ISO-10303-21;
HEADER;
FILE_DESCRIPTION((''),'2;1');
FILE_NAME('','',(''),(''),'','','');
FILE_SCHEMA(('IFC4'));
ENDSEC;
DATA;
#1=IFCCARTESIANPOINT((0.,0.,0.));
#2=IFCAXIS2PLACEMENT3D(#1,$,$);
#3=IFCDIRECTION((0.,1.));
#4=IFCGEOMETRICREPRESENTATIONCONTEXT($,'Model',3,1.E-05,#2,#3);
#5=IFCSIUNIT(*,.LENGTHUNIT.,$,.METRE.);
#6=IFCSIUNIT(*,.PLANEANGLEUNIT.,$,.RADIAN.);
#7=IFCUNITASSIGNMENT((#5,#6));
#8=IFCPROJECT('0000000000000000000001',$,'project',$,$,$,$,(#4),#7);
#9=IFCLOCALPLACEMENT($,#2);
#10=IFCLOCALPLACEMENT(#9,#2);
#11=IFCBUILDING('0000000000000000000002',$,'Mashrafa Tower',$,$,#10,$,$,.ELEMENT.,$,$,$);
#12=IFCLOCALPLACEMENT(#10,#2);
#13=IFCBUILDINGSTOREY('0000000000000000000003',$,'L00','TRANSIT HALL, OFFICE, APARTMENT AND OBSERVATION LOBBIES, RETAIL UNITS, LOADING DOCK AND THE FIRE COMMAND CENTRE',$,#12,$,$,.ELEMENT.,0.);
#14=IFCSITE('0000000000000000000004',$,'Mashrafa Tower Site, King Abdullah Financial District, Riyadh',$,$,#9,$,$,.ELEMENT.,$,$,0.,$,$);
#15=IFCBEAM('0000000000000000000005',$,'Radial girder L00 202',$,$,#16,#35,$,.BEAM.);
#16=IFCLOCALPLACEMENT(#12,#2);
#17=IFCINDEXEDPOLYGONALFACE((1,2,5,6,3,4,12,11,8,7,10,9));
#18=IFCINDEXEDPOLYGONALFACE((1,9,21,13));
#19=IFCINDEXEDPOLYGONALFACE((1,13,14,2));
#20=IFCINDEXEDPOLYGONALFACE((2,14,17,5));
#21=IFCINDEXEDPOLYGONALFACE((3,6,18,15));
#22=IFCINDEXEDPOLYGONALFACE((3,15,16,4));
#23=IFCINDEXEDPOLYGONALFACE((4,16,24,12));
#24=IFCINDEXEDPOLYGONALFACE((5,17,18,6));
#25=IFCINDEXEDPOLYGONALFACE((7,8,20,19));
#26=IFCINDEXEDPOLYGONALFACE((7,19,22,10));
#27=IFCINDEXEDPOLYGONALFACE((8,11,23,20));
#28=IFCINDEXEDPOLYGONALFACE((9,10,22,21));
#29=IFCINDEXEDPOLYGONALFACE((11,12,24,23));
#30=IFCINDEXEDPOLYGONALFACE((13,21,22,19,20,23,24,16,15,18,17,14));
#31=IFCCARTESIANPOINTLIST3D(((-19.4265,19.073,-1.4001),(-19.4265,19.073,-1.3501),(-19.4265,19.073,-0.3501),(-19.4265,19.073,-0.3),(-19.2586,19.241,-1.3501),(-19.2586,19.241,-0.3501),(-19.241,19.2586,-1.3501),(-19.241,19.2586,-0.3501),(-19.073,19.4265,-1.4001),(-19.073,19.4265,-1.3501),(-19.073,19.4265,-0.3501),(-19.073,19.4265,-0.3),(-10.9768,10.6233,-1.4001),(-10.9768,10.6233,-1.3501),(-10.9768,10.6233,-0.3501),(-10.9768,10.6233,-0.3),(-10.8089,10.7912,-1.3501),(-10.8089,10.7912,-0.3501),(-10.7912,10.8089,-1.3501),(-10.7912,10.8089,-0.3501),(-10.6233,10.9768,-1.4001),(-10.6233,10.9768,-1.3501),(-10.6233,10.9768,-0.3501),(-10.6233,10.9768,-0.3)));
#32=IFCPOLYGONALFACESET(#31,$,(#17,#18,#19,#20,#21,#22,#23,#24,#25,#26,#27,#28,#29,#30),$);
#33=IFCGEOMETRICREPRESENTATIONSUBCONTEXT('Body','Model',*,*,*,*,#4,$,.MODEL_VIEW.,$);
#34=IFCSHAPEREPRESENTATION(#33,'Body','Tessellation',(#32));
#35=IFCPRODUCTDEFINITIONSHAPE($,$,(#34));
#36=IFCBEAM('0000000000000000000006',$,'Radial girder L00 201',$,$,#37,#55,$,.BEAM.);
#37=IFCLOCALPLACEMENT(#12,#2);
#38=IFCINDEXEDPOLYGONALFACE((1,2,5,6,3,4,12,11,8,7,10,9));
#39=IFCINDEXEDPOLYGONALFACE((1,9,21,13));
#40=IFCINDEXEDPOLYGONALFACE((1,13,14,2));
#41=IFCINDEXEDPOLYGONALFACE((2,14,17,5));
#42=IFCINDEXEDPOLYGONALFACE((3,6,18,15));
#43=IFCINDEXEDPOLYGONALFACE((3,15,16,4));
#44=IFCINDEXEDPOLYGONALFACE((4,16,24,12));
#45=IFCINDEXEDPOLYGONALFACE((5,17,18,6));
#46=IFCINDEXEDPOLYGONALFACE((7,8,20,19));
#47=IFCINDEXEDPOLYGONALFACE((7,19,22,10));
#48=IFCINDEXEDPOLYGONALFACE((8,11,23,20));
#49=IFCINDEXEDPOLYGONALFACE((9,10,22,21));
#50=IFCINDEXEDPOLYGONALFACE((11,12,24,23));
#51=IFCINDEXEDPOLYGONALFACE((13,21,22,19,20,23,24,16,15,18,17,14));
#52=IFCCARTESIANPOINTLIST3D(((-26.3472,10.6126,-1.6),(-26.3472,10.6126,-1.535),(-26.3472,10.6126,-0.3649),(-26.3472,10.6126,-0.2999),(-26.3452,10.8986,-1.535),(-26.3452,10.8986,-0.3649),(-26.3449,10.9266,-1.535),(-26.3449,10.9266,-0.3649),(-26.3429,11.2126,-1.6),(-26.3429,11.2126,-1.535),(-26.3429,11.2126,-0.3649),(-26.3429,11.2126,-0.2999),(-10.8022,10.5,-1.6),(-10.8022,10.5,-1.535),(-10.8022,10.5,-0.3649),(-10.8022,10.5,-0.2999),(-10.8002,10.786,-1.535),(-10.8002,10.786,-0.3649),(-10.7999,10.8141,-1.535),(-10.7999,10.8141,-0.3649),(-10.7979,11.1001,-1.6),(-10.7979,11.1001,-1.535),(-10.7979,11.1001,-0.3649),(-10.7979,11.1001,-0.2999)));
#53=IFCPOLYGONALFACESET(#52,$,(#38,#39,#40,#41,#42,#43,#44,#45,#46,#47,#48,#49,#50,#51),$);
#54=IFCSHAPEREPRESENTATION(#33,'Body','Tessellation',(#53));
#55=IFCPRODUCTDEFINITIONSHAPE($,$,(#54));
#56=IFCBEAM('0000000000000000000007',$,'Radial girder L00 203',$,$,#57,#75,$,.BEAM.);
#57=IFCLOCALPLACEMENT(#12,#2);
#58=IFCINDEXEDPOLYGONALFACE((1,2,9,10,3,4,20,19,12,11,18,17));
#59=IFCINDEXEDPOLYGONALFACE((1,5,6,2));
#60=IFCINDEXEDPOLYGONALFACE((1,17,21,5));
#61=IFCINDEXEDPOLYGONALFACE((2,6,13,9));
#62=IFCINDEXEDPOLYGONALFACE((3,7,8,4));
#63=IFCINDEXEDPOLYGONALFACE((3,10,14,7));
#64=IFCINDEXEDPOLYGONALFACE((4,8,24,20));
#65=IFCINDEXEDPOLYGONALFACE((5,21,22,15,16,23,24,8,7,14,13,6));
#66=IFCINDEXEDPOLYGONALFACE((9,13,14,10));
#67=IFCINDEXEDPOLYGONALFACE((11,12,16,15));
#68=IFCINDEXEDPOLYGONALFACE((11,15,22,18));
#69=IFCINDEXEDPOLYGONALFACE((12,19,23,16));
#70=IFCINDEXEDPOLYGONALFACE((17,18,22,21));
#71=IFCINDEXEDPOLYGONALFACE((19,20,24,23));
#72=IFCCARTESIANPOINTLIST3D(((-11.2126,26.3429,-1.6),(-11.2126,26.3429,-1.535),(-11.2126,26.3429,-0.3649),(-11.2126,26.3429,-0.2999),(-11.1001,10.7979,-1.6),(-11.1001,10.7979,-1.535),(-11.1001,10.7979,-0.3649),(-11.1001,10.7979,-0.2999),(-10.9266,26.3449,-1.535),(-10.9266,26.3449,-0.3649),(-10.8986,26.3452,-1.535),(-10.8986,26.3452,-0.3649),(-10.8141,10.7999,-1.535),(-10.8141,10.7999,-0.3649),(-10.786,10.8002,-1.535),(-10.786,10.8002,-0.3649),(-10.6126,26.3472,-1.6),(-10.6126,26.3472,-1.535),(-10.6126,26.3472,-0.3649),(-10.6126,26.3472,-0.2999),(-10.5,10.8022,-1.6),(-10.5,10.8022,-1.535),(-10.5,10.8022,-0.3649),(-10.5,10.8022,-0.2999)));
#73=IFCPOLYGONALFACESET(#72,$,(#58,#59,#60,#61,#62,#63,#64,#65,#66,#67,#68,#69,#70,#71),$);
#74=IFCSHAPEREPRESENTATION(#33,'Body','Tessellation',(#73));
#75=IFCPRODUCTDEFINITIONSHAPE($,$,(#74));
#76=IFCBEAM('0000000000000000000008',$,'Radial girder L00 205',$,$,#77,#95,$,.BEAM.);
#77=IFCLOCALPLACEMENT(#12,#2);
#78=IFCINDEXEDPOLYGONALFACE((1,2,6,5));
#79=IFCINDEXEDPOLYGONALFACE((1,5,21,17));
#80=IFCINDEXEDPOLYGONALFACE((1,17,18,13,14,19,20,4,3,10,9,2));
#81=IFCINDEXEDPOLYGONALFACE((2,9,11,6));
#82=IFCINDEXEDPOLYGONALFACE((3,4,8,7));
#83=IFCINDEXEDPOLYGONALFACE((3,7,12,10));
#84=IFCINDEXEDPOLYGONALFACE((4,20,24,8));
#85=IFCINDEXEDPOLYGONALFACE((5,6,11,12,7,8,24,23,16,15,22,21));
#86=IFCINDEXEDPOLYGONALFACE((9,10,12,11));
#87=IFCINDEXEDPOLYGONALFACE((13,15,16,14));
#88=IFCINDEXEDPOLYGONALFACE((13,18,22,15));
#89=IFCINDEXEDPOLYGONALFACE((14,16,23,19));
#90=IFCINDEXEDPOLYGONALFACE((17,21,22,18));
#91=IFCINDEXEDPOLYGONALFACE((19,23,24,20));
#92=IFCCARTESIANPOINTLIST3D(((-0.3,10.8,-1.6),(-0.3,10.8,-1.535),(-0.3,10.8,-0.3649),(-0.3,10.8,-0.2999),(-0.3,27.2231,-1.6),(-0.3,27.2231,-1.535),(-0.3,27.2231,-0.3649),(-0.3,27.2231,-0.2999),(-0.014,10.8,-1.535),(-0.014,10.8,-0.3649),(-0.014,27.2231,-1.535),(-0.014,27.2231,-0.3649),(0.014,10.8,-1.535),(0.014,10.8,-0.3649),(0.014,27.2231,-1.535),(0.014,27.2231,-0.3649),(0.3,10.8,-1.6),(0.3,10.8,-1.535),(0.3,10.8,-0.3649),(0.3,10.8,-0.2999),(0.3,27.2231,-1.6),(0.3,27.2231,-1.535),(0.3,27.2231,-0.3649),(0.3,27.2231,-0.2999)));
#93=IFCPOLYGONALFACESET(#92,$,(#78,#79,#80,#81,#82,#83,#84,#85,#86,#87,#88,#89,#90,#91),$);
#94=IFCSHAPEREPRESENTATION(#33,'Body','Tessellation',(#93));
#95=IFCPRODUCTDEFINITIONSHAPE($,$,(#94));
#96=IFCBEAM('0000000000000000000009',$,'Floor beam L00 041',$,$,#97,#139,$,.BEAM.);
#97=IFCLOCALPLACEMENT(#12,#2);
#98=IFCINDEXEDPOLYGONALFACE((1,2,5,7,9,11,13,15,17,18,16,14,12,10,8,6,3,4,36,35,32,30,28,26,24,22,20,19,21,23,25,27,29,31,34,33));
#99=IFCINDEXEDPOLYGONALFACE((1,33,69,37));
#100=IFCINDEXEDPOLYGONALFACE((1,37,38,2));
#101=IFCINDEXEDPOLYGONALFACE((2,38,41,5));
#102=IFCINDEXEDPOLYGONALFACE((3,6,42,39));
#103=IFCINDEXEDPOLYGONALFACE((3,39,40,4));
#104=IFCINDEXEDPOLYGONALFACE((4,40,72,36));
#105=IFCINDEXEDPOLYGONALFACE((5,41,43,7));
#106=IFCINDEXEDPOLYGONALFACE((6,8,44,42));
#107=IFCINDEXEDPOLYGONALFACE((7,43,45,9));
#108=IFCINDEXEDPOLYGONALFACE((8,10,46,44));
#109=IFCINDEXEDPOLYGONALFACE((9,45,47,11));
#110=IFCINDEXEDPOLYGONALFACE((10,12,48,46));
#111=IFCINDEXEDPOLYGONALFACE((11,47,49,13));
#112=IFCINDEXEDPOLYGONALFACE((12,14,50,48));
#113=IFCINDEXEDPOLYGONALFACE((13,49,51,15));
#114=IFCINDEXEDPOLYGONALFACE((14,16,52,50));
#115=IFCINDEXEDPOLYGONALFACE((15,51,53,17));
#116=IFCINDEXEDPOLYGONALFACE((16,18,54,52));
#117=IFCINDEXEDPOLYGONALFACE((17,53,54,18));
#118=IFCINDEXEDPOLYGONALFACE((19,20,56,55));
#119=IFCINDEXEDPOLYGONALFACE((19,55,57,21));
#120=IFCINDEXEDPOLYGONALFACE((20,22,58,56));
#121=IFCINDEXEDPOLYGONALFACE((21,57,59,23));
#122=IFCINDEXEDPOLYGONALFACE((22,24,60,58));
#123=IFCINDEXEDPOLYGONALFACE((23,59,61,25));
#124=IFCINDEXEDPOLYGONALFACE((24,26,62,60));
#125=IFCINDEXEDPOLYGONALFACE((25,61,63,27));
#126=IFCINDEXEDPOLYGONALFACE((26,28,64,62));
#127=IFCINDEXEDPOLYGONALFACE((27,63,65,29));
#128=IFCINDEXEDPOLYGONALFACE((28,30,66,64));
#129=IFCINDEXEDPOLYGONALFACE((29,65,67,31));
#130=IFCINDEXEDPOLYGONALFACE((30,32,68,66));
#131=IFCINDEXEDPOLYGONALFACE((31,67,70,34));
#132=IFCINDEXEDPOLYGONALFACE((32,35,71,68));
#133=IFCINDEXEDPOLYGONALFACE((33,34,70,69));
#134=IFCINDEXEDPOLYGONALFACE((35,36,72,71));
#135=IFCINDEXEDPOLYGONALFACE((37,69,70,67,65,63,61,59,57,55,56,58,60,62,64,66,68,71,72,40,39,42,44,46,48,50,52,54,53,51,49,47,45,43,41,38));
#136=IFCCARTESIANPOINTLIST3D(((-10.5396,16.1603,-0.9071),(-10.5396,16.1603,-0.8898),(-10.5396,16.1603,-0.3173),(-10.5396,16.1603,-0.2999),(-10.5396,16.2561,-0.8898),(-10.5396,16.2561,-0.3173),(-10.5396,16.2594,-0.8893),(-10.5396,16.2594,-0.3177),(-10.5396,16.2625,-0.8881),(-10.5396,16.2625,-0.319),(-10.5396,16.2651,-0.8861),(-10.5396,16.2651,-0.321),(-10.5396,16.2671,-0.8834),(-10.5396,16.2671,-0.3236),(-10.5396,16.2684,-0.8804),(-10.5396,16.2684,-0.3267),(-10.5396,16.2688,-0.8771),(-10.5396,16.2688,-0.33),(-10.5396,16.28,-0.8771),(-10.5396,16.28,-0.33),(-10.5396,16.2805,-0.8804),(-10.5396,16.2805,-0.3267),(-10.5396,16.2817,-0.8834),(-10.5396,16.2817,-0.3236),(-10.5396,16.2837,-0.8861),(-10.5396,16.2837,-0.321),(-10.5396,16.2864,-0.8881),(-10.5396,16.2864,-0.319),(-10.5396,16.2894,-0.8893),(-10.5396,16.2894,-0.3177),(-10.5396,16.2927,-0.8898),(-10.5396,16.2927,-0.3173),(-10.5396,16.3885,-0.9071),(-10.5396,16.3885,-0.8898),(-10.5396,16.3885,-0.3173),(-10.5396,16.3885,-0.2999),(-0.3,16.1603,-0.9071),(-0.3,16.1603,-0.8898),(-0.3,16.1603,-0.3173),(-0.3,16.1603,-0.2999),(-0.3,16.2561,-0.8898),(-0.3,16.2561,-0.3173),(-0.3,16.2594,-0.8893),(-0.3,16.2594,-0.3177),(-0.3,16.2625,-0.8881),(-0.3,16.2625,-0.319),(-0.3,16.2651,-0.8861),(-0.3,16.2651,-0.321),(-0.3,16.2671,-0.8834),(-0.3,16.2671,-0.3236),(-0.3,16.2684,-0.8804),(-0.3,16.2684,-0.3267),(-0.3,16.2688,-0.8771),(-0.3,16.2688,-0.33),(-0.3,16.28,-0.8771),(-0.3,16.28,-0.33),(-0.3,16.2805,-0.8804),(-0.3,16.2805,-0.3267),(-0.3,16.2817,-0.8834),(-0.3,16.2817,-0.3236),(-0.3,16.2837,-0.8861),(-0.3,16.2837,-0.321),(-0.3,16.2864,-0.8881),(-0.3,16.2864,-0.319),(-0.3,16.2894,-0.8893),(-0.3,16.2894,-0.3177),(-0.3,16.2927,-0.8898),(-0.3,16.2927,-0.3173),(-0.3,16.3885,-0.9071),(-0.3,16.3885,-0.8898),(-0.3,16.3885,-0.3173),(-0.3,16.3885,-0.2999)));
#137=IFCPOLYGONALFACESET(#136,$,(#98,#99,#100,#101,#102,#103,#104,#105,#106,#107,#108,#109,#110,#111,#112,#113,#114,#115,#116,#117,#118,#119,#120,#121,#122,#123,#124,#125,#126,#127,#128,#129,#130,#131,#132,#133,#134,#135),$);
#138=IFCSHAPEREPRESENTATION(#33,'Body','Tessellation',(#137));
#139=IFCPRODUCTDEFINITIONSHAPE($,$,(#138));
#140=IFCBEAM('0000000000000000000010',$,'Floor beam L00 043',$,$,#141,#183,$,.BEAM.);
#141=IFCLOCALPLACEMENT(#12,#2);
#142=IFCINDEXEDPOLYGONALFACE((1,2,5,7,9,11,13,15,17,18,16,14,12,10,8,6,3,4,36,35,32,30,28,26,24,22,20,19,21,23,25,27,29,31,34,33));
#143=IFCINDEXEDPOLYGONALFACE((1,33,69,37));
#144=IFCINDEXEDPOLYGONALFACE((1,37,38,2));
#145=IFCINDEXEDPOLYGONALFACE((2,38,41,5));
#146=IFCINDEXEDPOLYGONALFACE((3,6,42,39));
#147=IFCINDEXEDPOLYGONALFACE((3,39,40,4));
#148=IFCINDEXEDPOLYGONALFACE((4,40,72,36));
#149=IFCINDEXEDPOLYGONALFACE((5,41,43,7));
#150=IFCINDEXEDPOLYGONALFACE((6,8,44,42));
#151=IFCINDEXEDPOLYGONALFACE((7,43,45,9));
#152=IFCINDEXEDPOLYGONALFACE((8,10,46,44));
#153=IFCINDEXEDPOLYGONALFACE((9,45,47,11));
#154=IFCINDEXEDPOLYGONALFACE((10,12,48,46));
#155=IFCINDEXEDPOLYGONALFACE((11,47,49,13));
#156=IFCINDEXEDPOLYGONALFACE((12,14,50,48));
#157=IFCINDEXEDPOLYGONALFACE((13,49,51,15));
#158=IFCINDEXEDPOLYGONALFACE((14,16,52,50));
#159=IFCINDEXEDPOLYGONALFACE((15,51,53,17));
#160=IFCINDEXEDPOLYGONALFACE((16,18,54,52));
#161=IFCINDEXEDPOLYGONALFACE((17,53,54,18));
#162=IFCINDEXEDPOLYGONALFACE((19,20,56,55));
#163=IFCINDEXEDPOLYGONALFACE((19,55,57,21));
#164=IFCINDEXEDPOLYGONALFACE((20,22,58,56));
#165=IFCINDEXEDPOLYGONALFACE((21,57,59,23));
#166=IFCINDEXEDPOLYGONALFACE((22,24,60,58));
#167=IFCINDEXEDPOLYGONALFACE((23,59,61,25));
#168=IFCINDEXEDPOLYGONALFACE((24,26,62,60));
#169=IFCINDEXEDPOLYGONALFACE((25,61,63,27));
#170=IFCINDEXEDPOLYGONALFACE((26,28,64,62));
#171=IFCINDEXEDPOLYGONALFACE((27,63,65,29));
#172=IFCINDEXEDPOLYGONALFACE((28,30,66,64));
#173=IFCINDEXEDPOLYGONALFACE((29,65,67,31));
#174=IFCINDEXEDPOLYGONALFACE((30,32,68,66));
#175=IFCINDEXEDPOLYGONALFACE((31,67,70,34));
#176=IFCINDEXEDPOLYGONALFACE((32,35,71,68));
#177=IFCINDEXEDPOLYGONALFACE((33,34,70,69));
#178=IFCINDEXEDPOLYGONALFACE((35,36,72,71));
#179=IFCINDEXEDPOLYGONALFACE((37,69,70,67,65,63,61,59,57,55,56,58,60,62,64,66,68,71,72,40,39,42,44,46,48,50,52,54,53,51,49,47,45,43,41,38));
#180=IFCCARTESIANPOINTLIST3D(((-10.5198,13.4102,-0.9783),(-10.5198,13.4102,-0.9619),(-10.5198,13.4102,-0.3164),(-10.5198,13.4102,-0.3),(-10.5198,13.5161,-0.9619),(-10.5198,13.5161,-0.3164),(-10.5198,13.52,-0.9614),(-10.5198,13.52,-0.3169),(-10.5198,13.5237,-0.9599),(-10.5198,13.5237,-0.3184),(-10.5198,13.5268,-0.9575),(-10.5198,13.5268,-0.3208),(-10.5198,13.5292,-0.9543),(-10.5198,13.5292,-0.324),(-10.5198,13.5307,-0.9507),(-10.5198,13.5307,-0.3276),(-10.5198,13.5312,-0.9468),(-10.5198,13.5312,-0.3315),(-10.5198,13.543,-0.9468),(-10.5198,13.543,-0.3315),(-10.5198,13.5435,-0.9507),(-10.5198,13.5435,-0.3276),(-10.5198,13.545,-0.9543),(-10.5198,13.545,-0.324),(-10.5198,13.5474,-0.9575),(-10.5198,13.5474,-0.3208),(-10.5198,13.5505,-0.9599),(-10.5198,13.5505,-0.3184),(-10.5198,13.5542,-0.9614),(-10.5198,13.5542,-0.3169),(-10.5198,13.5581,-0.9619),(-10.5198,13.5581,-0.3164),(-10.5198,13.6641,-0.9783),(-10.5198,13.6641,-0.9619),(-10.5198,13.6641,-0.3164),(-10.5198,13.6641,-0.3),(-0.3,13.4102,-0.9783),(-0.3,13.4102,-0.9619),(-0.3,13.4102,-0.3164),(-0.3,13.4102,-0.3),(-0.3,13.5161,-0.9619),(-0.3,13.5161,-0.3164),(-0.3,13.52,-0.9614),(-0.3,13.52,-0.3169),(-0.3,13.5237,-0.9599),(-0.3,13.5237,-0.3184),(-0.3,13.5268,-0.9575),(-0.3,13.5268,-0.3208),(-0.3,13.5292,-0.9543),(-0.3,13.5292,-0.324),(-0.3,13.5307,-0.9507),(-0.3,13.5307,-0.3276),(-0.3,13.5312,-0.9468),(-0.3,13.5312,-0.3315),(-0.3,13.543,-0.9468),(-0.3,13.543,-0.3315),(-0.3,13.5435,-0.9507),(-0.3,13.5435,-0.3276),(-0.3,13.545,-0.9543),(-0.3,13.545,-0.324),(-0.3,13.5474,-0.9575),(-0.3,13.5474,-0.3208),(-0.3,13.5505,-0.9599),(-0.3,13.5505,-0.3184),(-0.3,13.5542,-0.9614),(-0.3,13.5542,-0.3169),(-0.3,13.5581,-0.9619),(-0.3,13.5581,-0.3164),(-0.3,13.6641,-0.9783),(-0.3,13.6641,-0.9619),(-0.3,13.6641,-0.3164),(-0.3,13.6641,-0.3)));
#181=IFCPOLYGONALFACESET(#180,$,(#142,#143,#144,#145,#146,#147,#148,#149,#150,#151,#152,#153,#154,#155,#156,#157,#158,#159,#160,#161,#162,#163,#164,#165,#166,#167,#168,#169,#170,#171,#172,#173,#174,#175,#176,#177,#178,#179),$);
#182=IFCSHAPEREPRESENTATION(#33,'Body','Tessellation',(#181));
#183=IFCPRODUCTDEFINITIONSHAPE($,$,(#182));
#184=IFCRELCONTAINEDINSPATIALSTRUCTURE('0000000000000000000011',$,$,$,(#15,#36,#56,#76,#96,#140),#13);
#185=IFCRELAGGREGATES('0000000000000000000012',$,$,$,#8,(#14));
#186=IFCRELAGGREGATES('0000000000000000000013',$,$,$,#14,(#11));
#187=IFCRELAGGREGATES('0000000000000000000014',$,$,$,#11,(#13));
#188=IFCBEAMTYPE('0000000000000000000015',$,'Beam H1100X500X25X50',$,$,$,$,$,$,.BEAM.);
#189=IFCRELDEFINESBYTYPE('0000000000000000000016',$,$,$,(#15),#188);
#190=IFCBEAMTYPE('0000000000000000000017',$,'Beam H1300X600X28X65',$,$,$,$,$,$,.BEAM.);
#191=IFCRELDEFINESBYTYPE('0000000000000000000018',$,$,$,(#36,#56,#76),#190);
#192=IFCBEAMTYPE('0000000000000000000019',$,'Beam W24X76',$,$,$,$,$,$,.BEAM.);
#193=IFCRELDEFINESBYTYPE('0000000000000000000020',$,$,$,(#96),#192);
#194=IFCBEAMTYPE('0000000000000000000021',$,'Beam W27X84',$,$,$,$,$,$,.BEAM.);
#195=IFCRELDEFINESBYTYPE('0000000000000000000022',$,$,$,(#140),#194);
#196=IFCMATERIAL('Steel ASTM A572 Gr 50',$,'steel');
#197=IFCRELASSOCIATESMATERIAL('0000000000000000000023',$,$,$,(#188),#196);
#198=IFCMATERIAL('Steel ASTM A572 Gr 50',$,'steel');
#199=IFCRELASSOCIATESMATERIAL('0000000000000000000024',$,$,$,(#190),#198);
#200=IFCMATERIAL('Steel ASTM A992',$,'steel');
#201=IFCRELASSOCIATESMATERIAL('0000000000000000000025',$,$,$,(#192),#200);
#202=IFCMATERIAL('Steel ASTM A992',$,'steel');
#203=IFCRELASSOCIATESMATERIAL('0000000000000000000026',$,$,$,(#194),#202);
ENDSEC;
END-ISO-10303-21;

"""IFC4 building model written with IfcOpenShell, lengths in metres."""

from ifc_helpers import new_model, si_unit, direction, frame, origin, origin_2d, place, context, subcontext, project, spatial, i_section, extrude, material, material_profile, profile_set, type_object, element, save


model = new_model("IFC4")

# Units and contexts
model_context = context("Model", 3, precision=1e-05, world=origin(), true_north=direction((0.0, 1.0)))
body_context = subcontext(model_context, "Body", "Model", "MODEL_VIEW")
ifc_project = project(units=[si_unit("LENGTHUNIT", "METRE"), si_unit("PLANEANGLEUNIT", "RADIAN")], contexts=[model_context])

# Site, building, storey
site_placement = place(None, origin())
site = spatial("IfcSite", under=ifc_project, at=site_placement, Name="Mashrafa Tower Site, King Abdullah Financial District, Riyadh", CompositionType="ELEMENT", RefElevation=0.0)
building_placement = place(site_placement, origin())
building = spatial("IfcBuilding", under=site, at=building_placement, Name="Mashrafa Tower", CompositionType="ELEMENT")
storey_placement = place(building_placement, origin())
storey = spatial("IfcBuildingStorey", under=building, at=storey_placement, Name="L00", Description="TRANSIT HALL, OFFICE, APARTMENT AND OBSERVATION LOBBIES, RETAIL UNITS, LOADING DOCK AND THE FIRE COMMAND CENTRE", CompositionType="ELEMENT", Elevation=0.0)

# Beams
ifc_material_1 = material(Name="Steel ASTM A572 Gr 50", Category="steel")
ifc_material_profile_1 = material_profile(ifc_material_1, i_section(OverallWidth=0.5, OverallDepth=1.1001, WebThickness=0.0249, FlangeThickness=0.05, at=origin_2d()), Name="H1100X500X25X50")
ifc_profile_set_1 = profile_set([ifc_material_profile_1], Name="Steel ASTM A572 Gr 50")
beam_type_1 = type_object("IfcBeamType", Name="Beam H1100X500X25X50", PredefinedType="BEAM", material=ifc_profile_set_1)
beam_1_placement = place(storey_placement, frame((-10.8, 10.8, -0.8501), z_axis=(-0.707107, 0.707107, 0.0), x_axis=(-0.707107, -0.707107, 0.0)))
element("IfcBeam", 1, at=beam_1_placement, inside=storey, type_object=beam_type_1, Name="Radial girder L00 202", PredefinedType="BEAM", context=body_context, shape_type="SweptSolid", body=[
    extrude(i_section(OverallWidth=0.5, OverallDepth=1.1001, WebThickness=0.0249, FlangeThickness=0.05, at=origin_2d()), origin(), (0.0, 0.0, 1.0), 11.9497),
])
ifc_material_2 = material(Name="Steel ASTM A572 Gr 50", Category="steel")
ifc_material_profile_2 = material_profile(ifc_material_2, i_section(OverallWidth=0.6001, OverallDepth=1.3, WebThickness=0.0281, FlangeThickness=0.0649, at=origin_2d()), Name="H1300X600X28X65")
ifc_profile_set_2 = profile_set([ifc_material_profile_2], Name="Steel ASTM A572 Gr 50")
beam_type_2 = type_object("IfcBeamType", Name="Beam H1300X600X28X65", PredefinedType="BEAM", material=ifc_profile_set_2)
for number, where, z_axis, x_axis, name in (
    (2, (-10.8, 10.8, -0.95), (-0.999974, 0.00724, 0.0), (-0.00724, -0.999974, 0.0), "Radial girder L00 201"),
    (3, (-10.8, 10.8, -0.95), (-0.00724, 0.999974, 0.0), (-0.999974, -0.00724, 0.0), "Radial girder L00 203"),
):
    element("IfcBeam", number, at=place(storey_placement, frame(where, z_axis=z_axis, x_axis=x_axis)), inside=storey, type_object=beam_type_2, Name=name, PredefinedType="BEAM", context=body_context, shape_type="SweptSolid", body=[
        extrude(i_section(OverallWidth=0.6001, OverallDepth=1.3, WebThickness=0.0281, FlangeThickness=0.0649, at=origin_2d()), origin(), (0.0, 0.0, 1.0), 15.5454),
    ])
beam_2_placement = place(storey_placement, frame((0.0, 10.8, -0.95), z_axis=(0.0, 1.0, 0.0), x_axis=(-1.0, 0.0, 0.0)))
element("IfcBeam", 4, at=beam_2_placement, inside=storey, type_object=beam_type_2, Name="Radial girder L00 205", PredefinedType="BEAM", context=body_context, shape_type="SweptSolid", body=[
    extrude(i_section(OverallWidth=0.6001, OverallDepth=1.3, WebThickness=0.0281, FlangeThickness=0.0649, at=origin_2d()), origin(), (0.0, 0.0, 1.0), 16.4231),
])
ifc_material_3 = material(Name="Steel ASTM A992", Category="steel")
ifc_material_profile_3 = material_profile(ifc_material_3, i_section(OverallWidth=0.2283, OverallDepth=0.6072, WebThickness=0.0112, FlangeThickness=0.0173, FilletRadius=0.0127, at=origin_2d()), Name="W24X76")
ifc_profile_set_3 = profile_set([ifc_material_profile_3], Name="Steel ASTM A992")
beam_type_3 = type_object("IfcBeamType", Name="Beam W24X76", PredefinedType="BEAM", material=ifc_profile_set_3)
beam_3_placement = place(storey_placement, frame((-10.5396, 16.2744, -0.6035), z_axis=(1.0, 0.0, 0.0), x_axis=(0.0, 1.0, 0.0)))
element("IfcBeam", 5, at=beam_3_placement, inside=storey, type_object=beam_type_3, Name="Floor beam L00 041", PredefinedType="BEAM", context=body_context, shape_type="SweptSolid", body=[
    extrude(i_section(OverallWidth=0.2283, OverallDepth=0.6072, WebThickness=0.0112, FlangeThickness=0.0173, FilletRadius=0.0127, at=origin_2d()), origin(), (0.0, 0.0, 1.0), 10.2395),
])
ifc_material_4 = material(Name="Steel ASTM A992", Category="steel")
ifc_material_profile_4 = material_profile(ifc_material_4, i_section(OverallWidth=0.2539, OverallDepth=0.6782, WebThickness=0.0117, FlangeThickness=0.0164, FilletRadius=0.0151, at=origin_2d()), Name="W27X84")
ifc_profile_set_4 = profile_set([ifc_material_profile_4], Name="Steel ASTM A992")
beam_type_4 = type_object("IfcBeamType", Name="Beam W27X84", PredefinedType="BEAM", material=ifc_profile_set_4)
beam_4_placement = place(storey_placement, frame((-10.5198, 13.5371, -0.6392), z_axis=(1.0, 0.0, 0.0), x_axis=(0.0, 1.0, 0.0)))
element("IfcBeam", 6, at=beam_4_placement, inside=storey, type_object=beam_type_4, Name="Floor beam L00 043", PredefinedType="BEAM", context=body_context, shape_type="SweptSolid", body=[
    extrude(i_section(OverallWidth=0.2539, OverallDepth=0.6782, WebThickness=0.0117, FlangeThickness=0.0164, FilletRadius=0.0151, at=origin_2d()), origin(), (0.0, 0.0, 1.0), 10.2197),
])

save(model, "model.ifc")
